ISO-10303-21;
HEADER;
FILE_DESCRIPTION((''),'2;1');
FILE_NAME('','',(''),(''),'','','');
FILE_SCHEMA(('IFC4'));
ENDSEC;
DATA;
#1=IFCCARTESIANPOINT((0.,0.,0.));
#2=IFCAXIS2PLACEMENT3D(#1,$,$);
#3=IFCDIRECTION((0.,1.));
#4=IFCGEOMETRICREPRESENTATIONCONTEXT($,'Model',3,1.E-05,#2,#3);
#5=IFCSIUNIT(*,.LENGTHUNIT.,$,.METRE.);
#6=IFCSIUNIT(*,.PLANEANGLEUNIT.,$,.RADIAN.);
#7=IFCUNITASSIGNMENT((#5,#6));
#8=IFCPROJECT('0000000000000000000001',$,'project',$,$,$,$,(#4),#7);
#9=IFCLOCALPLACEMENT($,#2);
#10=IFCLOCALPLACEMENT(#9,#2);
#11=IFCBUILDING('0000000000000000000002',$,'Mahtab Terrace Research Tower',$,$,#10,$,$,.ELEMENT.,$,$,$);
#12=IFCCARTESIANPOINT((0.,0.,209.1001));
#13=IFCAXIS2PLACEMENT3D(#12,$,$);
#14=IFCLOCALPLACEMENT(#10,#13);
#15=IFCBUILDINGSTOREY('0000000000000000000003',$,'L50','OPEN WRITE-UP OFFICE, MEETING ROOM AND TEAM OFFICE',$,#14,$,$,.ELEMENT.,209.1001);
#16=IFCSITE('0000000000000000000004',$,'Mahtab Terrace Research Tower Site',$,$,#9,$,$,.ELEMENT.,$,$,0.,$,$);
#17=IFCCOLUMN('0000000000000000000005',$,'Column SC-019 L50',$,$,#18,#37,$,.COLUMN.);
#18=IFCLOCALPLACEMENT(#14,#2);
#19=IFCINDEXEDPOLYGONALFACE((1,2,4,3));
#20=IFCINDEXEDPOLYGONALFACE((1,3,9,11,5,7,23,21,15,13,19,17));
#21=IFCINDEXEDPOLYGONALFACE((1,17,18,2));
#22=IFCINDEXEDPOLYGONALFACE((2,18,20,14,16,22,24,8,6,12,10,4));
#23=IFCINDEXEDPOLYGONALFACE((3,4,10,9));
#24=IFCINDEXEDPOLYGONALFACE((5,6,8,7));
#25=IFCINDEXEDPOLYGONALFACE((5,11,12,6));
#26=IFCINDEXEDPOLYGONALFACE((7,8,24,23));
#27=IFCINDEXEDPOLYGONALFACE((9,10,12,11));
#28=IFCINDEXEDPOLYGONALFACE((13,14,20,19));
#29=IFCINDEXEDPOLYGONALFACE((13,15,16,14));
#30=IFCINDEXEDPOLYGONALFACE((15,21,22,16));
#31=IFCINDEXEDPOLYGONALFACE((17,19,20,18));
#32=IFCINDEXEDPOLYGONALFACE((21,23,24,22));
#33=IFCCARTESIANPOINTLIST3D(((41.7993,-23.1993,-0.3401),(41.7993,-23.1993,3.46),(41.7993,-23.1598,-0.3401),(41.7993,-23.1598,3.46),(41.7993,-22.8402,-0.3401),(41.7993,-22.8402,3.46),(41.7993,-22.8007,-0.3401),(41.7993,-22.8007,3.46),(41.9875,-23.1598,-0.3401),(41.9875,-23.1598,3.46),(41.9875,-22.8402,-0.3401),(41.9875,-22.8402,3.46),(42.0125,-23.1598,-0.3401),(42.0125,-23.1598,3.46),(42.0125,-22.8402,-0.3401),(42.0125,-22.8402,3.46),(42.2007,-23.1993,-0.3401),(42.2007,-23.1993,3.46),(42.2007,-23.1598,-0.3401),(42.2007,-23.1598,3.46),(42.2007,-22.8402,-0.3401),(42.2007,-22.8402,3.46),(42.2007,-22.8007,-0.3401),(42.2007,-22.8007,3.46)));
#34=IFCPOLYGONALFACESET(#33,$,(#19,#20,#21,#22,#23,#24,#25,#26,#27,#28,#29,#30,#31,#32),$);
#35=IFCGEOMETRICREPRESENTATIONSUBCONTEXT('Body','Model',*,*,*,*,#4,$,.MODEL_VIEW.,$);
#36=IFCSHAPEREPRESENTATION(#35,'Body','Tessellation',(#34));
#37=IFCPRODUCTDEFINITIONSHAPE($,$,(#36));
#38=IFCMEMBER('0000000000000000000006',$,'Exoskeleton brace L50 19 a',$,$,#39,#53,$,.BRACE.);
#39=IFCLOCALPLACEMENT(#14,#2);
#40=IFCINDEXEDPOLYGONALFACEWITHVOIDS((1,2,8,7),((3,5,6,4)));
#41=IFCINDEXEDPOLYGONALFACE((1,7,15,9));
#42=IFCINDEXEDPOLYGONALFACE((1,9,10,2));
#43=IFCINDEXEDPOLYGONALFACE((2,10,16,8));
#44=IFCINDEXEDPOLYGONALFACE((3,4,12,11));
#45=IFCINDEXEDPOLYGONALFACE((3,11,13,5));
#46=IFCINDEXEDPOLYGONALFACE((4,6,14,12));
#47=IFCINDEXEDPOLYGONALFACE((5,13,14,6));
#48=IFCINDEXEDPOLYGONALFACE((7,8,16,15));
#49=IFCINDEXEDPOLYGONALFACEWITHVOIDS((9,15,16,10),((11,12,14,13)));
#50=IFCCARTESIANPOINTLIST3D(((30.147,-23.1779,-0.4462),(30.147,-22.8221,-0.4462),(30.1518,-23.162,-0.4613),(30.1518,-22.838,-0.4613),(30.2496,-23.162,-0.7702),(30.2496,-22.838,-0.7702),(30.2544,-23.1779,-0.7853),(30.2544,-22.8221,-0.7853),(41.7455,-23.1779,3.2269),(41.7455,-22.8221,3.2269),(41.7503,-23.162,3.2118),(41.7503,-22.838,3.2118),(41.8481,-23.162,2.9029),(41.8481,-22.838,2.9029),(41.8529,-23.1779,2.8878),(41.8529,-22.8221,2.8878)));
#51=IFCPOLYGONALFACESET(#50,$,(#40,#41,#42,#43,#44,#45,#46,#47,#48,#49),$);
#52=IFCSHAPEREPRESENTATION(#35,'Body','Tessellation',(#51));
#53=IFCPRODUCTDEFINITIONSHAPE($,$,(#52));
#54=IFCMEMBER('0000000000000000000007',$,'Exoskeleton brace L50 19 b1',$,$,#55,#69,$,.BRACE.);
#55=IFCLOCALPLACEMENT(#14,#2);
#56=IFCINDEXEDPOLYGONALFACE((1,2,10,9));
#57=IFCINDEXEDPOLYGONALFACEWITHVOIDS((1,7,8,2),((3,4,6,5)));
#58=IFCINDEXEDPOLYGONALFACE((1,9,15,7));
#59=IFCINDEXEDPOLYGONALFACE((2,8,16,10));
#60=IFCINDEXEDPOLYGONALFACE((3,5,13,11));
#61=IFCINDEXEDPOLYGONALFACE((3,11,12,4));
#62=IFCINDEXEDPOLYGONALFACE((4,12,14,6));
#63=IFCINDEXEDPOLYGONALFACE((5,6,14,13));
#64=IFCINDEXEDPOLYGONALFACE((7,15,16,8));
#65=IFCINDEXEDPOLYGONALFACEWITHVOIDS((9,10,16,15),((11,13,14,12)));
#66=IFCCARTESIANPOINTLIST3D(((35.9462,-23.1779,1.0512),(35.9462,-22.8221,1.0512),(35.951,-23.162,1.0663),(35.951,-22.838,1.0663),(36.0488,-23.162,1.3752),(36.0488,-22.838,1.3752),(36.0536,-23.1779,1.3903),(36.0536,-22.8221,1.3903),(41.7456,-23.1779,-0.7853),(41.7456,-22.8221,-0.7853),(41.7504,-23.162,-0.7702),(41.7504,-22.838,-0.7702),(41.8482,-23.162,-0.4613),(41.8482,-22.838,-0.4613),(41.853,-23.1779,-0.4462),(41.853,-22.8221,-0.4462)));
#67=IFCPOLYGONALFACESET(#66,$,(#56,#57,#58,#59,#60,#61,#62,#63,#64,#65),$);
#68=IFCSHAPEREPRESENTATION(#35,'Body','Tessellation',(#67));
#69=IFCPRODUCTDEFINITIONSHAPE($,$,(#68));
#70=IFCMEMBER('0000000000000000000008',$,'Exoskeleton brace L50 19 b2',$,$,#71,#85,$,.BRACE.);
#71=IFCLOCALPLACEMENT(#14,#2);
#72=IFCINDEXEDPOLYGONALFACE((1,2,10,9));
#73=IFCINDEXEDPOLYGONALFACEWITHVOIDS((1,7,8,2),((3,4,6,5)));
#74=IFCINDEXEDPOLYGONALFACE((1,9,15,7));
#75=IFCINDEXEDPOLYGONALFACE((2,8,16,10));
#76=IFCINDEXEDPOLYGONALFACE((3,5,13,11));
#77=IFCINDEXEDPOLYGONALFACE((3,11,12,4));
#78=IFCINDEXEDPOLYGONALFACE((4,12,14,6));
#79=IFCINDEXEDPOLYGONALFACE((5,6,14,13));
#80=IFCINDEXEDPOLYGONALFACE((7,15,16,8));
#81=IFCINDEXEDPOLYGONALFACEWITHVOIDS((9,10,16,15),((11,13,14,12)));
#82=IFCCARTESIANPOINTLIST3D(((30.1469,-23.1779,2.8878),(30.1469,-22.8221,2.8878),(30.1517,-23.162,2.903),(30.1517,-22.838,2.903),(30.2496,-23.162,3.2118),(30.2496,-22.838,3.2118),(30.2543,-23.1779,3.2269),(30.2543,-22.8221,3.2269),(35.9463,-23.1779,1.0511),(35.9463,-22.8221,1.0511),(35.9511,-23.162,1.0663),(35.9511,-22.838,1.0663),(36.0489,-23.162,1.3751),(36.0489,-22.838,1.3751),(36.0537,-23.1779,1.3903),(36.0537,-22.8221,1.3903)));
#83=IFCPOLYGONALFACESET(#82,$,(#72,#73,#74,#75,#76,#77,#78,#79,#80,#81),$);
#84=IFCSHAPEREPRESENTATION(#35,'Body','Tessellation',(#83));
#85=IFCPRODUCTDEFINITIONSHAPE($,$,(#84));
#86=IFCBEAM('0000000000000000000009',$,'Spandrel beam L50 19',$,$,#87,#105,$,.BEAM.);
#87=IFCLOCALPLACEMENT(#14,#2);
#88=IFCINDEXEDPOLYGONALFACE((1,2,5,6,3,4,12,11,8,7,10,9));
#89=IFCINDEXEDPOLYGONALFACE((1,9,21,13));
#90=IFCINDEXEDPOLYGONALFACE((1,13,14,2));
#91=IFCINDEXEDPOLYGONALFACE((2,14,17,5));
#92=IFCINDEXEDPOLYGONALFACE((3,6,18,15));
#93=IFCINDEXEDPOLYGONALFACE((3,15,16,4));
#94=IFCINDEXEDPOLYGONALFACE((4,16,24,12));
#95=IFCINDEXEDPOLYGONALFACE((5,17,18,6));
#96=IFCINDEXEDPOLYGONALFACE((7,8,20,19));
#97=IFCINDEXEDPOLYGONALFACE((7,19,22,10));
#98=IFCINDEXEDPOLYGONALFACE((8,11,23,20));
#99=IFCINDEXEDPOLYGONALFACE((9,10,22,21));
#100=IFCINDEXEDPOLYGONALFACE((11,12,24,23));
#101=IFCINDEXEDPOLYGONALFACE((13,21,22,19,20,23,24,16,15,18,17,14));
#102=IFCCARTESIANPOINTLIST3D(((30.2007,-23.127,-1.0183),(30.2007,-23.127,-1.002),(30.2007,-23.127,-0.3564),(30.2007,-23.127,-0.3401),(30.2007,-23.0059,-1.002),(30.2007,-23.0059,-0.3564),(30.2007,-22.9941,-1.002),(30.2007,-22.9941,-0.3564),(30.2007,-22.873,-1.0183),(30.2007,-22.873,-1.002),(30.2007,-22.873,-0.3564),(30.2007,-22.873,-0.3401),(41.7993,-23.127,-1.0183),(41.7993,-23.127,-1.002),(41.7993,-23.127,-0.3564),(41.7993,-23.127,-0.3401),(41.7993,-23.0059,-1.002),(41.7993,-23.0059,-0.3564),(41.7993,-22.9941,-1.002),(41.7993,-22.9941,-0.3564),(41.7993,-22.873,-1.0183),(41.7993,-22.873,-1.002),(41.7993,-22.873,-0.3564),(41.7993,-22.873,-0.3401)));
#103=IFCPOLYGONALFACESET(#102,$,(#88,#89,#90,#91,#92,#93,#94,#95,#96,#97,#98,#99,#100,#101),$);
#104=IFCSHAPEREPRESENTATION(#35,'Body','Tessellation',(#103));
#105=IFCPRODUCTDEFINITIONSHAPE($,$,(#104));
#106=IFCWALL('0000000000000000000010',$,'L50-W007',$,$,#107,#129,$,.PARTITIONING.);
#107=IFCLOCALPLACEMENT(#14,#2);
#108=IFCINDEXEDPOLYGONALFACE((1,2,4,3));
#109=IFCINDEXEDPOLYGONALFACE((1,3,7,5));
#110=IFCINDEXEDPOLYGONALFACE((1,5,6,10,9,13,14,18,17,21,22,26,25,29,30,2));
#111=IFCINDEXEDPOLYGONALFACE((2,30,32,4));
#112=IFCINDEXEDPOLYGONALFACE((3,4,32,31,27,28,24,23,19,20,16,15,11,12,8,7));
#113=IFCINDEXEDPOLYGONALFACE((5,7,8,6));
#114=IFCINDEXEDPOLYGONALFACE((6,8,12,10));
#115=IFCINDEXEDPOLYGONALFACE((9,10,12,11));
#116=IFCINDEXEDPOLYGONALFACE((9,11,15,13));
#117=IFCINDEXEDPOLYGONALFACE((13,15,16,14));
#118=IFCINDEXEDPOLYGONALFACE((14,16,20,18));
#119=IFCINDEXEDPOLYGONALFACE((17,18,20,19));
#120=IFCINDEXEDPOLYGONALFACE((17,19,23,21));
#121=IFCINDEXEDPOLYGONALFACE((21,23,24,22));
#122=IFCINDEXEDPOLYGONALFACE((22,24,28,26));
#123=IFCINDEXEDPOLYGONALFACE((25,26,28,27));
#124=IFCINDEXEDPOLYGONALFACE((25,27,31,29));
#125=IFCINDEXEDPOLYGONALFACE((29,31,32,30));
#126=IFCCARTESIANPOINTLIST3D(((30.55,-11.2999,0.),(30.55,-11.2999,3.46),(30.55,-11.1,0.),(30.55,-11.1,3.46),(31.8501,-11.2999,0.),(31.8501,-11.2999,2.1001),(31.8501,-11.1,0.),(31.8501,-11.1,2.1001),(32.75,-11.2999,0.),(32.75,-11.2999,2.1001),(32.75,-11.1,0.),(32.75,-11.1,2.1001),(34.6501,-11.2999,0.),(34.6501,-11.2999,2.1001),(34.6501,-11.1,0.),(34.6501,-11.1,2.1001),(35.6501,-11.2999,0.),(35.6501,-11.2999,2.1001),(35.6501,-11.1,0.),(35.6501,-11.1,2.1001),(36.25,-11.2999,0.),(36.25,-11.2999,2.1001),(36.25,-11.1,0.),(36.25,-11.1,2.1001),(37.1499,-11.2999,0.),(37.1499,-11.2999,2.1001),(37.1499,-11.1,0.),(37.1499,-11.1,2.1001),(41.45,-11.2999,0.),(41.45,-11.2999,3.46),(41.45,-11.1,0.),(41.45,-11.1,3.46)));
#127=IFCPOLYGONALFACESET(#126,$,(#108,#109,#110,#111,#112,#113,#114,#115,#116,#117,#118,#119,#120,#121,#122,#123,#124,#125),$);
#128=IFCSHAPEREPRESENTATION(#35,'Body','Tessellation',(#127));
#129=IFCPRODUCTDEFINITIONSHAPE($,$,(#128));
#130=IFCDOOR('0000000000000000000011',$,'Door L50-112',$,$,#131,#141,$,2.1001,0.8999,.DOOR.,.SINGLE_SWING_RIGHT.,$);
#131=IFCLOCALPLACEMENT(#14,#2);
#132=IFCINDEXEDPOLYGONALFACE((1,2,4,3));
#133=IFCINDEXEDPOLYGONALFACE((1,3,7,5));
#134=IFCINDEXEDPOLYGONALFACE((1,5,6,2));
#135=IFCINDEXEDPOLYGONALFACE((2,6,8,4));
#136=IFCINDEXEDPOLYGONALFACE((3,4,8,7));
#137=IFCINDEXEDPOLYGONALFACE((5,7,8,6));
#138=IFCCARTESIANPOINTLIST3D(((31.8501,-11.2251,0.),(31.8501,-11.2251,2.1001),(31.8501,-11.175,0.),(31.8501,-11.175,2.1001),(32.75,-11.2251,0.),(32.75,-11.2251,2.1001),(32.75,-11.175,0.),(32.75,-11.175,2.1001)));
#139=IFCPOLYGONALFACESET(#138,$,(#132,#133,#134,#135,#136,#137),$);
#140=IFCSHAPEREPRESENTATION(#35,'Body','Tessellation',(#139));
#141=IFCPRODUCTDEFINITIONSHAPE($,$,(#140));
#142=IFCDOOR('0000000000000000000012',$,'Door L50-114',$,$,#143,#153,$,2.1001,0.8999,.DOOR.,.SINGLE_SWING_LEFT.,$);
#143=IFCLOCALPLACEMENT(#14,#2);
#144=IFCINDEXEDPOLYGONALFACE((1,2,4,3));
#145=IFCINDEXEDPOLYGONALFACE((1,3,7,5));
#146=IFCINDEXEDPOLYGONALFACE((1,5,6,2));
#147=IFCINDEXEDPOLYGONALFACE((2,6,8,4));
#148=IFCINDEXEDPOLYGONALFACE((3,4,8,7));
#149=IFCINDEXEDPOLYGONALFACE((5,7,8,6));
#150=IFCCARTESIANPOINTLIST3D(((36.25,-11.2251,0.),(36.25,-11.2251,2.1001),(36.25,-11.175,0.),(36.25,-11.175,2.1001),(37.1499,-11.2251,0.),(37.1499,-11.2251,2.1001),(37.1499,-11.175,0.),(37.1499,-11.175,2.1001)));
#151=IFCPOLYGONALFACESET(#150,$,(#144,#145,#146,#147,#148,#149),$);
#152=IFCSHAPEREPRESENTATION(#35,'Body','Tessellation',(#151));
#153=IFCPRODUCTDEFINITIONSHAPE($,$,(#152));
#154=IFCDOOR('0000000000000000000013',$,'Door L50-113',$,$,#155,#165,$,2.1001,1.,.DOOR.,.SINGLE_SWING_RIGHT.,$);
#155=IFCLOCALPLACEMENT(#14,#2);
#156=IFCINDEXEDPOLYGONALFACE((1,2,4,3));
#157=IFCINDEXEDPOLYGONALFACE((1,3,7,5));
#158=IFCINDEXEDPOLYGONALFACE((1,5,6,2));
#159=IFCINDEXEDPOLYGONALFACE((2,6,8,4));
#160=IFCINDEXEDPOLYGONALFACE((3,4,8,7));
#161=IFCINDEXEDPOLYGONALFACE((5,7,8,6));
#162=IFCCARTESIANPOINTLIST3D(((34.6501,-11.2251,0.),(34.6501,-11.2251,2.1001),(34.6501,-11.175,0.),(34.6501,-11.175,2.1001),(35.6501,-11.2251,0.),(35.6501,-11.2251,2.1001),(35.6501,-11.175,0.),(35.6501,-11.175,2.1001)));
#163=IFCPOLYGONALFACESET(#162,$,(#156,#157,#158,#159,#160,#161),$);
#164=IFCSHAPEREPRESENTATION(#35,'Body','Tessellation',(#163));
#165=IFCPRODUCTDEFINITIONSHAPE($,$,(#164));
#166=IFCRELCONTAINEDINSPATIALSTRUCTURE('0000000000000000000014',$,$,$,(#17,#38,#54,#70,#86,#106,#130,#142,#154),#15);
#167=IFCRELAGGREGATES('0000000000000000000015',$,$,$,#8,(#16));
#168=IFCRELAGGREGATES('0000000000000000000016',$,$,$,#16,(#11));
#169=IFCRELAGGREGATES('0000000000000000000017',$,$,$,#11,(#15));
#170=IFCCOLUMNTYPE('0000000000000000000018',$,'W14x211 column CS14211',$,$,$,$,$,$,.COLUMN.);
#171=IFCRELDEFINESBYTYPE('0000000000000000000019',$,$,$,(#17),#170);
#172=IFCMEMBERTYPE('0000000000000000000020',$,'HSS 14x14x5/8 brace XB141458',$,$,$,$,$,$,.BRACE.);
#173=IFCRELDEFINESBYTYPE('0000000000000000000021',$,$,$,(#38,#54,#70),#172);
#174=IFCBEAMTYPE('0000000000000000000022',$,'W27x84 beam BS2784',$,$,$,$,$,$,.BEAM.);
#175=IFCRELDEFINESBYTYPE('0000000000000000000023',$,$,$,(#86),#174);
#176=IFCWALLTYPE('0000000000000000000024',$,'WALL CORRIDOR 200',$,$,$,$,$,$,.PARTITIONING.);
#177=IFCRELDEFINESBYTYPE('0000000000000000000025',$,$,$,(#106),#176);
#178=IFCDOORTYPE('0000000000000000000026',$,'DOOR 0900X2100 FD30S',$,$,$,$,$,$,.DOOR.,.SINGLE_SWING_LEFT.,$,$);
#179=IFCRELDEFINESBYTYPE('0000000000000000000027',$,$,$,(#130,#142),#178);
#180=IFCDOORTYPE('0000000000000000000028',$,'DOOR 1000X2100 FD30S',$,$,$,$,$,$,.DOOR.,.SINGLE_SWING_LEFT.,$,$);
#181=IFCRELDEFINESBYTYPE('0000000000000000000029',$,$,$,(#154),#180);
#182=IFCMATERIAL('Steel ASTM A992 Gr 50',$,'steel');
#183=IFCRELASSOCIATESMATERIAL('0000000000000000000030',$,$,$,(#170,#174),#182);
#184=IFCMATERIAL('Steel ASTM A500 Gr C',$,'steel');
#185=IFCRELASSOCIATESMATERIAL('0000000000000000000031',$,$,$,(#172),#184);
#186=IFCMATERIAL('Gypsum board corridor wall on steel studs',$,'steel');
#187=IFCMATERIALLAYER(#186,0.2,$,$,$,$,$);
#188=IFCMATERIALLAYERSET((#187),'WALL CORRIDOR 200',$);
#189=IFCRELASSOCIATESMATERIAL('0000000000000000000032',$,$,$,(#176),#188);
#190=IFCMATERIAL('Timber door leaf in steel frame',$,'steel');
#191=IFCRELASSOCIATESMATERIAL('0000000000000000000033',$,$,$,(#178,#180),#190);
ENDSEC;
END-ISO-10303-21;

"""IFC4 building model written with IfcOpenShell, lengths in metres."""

from ifc_helpers import new_model, si_unit, direction, frame, frame_2d, origin, origin_2d, place, context, subcontext, project, spatial, rectangle, hollow_rectangle, i_section, extrude, material, layer, layer_set, material_profile, profile_set, type_object, element, fill, save


model = new_model("IFC4")

# Units and contexts
model_context = context("Model", 3, precision=1e-05, world=origin(), true_north=direction((0.0, 1.0)))
body_context = subcontext(model_context, "Body", "Model", "MODEL_VIEW")
ifc_project = project(units=[si_unit("LENGTHUNIT", "METRE"), si_unit("PLANEANGLEUNIT", "RADIAN")], contexts=[model_context])

# Site, building, storey
site_placement = place(None, origin())
site = spatial("IfcSite", under=ifc_project, at=site_placement, Name="Mahtab Terrace Research Tower Site", CompositionType="ELEMENT", RefElevation=0.0)
building_placement = place(site_placement, origin())
building = spatial("IfcBuilding", under=site, at=building_placement, Name="Mahtab Terrace Research Tower", CompositionType="ELEMENT")
storey_placement = place(building_placement, frame((0.0, 0.0, 209.1001)))
storey = spatial("IfcBuildingStorey", under=building, at=storey_placement, Name="L50", Description="OPEN WRITE-UP OFFICE, MEETING ROOM AND TEAM OFFICE", CompositionType="ELEMENT", Elevation=209.1001)

# Column
ifc_material_1 = material(Name="Steel ASTM A992 Gr 50", Category="steel")
ifc_material_profile_1 = material_profile(ifc_material_1, i_section(OverallWidth=0.4014, OverallDepth=0.3987, WebThickness=0.0249, FlangeThickness=0.0396, at=origin_2d()), Name="W14X211")
ifc_profile_set_1 = profile_set([ifc_material_profile_1], Name="Steel ASTM A992 Gr 50")
column_type = type_object("IfcColumnType", Name="W14x211 column CS14211", PredefinedType="COLUMN", material=ifc_profile_set_1)
column_placement = place(storey_placement, frame((42.0, -23.0, -0.3401), z_axis=(0.0, 0.0, 1.0), x_axis=(1.0, 0.0, 0.0)))
element("IfcColumn", 1, at=column_placement, inside=storey, type_object=column_type, Name="Column SC-019 L50", PredefinedType="COLUMN", context=body_context, shape_type="SweptSolid", body=[
    extrude(i_section(OverallWidth=0.4014, OverallDepth=0.3987, WebThickness=0.0249, FlangeThickness=0.0396, at=origin_2d()), origin(), (0.0, 0.0, 1.0), 3.8),
])

# Members
ifc_material_2 = material(Name="Steel ASTM A500 Gr C", Category="steel")
ifc_material_profile_2 = material_profile(ifc_material_2, hollow_rectangle(XDim=0.3557, YDim=0.3557, WallThickness=0.0159, at=origin_2d()), Name="HSS14X14X5/8")
ifc_profile_set_2 = profile_set([ifc_material_profile_2], Name="Steel ASTM A500 Gr C")
member_type = type_object("IfcMemberType", Name="HSS 14x14x5/8 brace XB141458", PredefinedType="BRACE", material=ifc_profile_set_2)
member_placement = place(storey_placement, frame((30.2007, -23.0, -0.6157), z_axis=(0.953338, 0.0, 0.301906), x_axis=(0.0, 1.0, 0.0)))
element("IfcMember", 2, at=member_placement, inside=storey, type_object=member_type, Name="Exoskeleton brace L50 19 a", PredefinedType="BRACE", context=body_context, shape_type="SweptSolid", body=[
    extrude(hollow_rectangle(XDim=0.3557, YDim=0.3557, WallThickness=0.0159, at=origin_2d()), origin(), (0.0, 0.0, 1.0), 12.1663),
])
for number, where, z_axis, x_axis, name in (
    (3, (41.7993, -23.0, -0.6157), (-0.953343, 0.0, 0.301888), (0.0, -1.0, 0.0), "Exoskeleton brace L50 19 b1"),
    (4, (36.0, -23.0, 1.2207), (-0.953332, 0.0, 0.301925), (0.0, -1.0, 0.0), "Exoskeleton brace L50 19 b2"),
):
    element("IfcMember", number, at=place(storey_placement, frame(where, z_axis=z_axis, x_axis=x_axis)), inside=storey, type_object=member_type, Name=name, PredefinedType="BRACE", context=body_context, shape_type="SweptSolid", body=[
        extrude(hollow_rectangle(XDim=0.3557, YDim=0.3557, WallThickness=0.0159, at=origin_2d()), origin(), (0.0, 0.0, 1.0), 6.0833),
    ])

# Beam
ifc_material_profile_3 = material_profile(ifc_material_1, i_section(OverallWidth=0.2539, OverallDepth=0.6782, WebThickness=0.0117, FlangeThickness=0.0164, at=origin_2d()), Name="W27X84")
ifc_profile_set_3 = profile_set([ifc_material_profile_3], Name="Steel ASTM A992 Gr 50")
beam_type = type_object("IfcBeamType", Name="W27x84 beam BS2784", PredefinedType="BEAM", material=ifc_profile_set_3)
beam_placement = place(storey_placement, frame((30.2007, -23.0, -0.6792), z_axis=(1.0, 0.0, 0.0), x_axis=(0.0, 1.0, 0.0)))
element("IfcBeam", 5, at=beam_placement, inside=storey, type_object=beam_type, Name="Spandrel beam L50 19", PredefinedType="BEAM", context=body_context, shape_type="SweptSolid", body=[
    extrude(i_section(OverallWidth=0.2539, OverallDepth=0.6782, WebThickness=0.0117, FlangeThickness=0.0164, at=origin_2d()), origin(), (0.0, 0.0, 1.0), 11.5986),
])

# Wall, openings, doors
ifc_material_3 = material(Name="Gypsum board corridor wall on steel studs", Category="steel")
ifc_layer_1 = layer(ifc_material_3, 0.2)
ifc_layer_set_1 = layer_set([ifc_layer_1], Name="WALL CORRIDOR 200")
wall_type_1 = type_object("IfcWallType", Name="WALL CORRIDOR 200", PredefinedType="PARTITIONING", material=ifc_layer_set_1)
wall_1_placement = place(storey_placement, frame((30.55, -11.2, 0.0), z_axis=(0.0, 0.0, 1.0), x_axis=(1.0, 0.0, 0.0)))
wall_1 = element("IfcWall", 6, at=wall_1_placement, inside=storey, type_object=wall_type_1, Name="L50-W007", PredefinedType="PARTITIONING", context=body_context, shape_type="SweptSolid", body=[
    extrude(rectangle(XDim=10.8999, YDim=0.2, at=frame_2d((5.45, 0.0))), origin(), (0.0, 0.0, 1.0), 3.46),
])
opening_1_placement = place(wall_1_placement, frame((1.3, 0.0, 0.0)))
opening_1 = element("IfcOpeningElement", 7, at=opening_1_placement, cuts=wall_1, PredefinedType="OPENING", context=body_context, shape_type="SweptSolid", body=[
    extrude(rectangle(XDim=0.8999, YDim=2.1001, at=frame_2d((0.45, 1.05))), frame((0.0, 0.1099, 0.0), z_axis=(0.0, -1.0, 0.0), x_axis=(1.0, 0.0, 0.0)), (0.0, 0.0, 1.0), 0.22),
])
opening_2_placement = place(wall_1_placement, frame((4.1001, 0.0, 0.0)))
opening_2 = element("IfcOpeningElement", 8, at=opening_2_placement, cuts=wall_1, PredefinedType="OPENING", context=body_context, shape_type="SweptSolid", body=[
    extrude(rectangle(XDim=1.0, YDim=2.1001, at=frame_2d((0.5, 1.05))), frame((0.0, 0.1099, 0.0), z_axis=(0.0, -1.0, 0.0), x_axis=(1.0, 0.0, 0.0)), (0.0, 0.0, 1.0), 0.22),
])
opening_3_placement = place(wall_1_placement, frame((5.7, 0.0, 0.0)))
opening_3 = element("IfcOpeningElement", 9, at=opening_3_placement, cuts=wall_1, PredefinedType="OPENING", context=body_context, shape_type="SweptSolid", body=[
    extrude(rectangle(XDim=0.8999, YDim=2.1001, at=frame_2d((0.45, 1.05))), frame((0.0, 0.1099, 0.0), z_axis=(0.0, -1.0, 0.0), x_axis=(1.0, 0.0, 0.0)), (0.0, 0.0, 1.0), 0.22),
])
ifc_material_4 = material(Name="Timber door leaf in steel frame", Category="steel")
door_type_1 = type_object("IfcDoorType", Name="DOOR 0900X2100 FD30S", OperationType="SINGLE_SWING_LEFT", PredefinedType="DOOR", material=ifc_material_4)
door_1_placement = place(opening_1_placement, origin())
door_1 = element("IfcDoor", 10, at=door_1_placement, inside=storey, type_object=door_type_1, Name="Door L50-112", OperationType="SINGLE_SWING_RIGHT", OverallHeight=2.1001, OverallWidth=0.8999, PredefinedType="DOOR", context=body_context, shape_type="SweptSolid", body=[
    extrude(rectangle(XDim=0.8999, YDim=2.1001, at=frame_2d((0.45, 1.05))), frame((0.0, 0.0249, 0.0), z_axis=(0.0, -1.0, 0.0), x_axis=(1.0, 0.0, 0.0)), (0.0, 0.0, 1.0), 0.05),
])
fill(opening_1, door_1)
door_2_placement = place(opening_3_placement, origin())
door_2 = element("IfcDoor", 11, at=door_2_placement, inside=storey, type_object=door_type_1, Name="Door L50-114", OperationType="SINGLE_SWING_LEFT", OverallHeight=2.1001, OverallWidth=0.8999, PredefinedType="DOOR", context=body_context, shape_type="SweptSolid", body=[
    extrude(rectangle(XDim=0.8999, YDim=2.1001, at=frame_2d((0.45, 1.05))), frame((0.0, 0.0249, 0.0), z_axis=(0.0, -1.0, 0.0), x_axis=(1.0, 0.0, 0.0)), (0.0, 0.0, 1.0), 0.05),
])
fill(opening_3, door_2)
door_type_2 = type_object("IfcDoorType", Name="DOOR 1000X2100 FD30S", OperationType="SINGLE_SWING_LEFT", PredefinedType="DOOR", material=ifc_material_4)
door_3_placement = place(opening_2_placement, origin())
door_3 = element("IfcDoor", 12, at=door_3_placement, inside=storey, type_object=door_type_2, Name="Door L50-113", OperationType="SINGLE_SWING_RIGHT", OverallHeight=2.1001, OverallWidth=1.0, PredefinedType="DOOR", context=body_context, shape_type="SweptSolid", body=[
    extrude(rectangle(XDim=1.0, YDim=2.1001, at=frame_2d((0.5, 1.05))), frame((0.0, 0.0249, 0.0), z_axis=(0.0, -1.0, 0.0), x_axis=(1.0, 0.0, 0.0)), (0.0, 0.0, 1.0), 0.05),
])
fill(opening_2, door_3)

save(model, "model.ifc")
